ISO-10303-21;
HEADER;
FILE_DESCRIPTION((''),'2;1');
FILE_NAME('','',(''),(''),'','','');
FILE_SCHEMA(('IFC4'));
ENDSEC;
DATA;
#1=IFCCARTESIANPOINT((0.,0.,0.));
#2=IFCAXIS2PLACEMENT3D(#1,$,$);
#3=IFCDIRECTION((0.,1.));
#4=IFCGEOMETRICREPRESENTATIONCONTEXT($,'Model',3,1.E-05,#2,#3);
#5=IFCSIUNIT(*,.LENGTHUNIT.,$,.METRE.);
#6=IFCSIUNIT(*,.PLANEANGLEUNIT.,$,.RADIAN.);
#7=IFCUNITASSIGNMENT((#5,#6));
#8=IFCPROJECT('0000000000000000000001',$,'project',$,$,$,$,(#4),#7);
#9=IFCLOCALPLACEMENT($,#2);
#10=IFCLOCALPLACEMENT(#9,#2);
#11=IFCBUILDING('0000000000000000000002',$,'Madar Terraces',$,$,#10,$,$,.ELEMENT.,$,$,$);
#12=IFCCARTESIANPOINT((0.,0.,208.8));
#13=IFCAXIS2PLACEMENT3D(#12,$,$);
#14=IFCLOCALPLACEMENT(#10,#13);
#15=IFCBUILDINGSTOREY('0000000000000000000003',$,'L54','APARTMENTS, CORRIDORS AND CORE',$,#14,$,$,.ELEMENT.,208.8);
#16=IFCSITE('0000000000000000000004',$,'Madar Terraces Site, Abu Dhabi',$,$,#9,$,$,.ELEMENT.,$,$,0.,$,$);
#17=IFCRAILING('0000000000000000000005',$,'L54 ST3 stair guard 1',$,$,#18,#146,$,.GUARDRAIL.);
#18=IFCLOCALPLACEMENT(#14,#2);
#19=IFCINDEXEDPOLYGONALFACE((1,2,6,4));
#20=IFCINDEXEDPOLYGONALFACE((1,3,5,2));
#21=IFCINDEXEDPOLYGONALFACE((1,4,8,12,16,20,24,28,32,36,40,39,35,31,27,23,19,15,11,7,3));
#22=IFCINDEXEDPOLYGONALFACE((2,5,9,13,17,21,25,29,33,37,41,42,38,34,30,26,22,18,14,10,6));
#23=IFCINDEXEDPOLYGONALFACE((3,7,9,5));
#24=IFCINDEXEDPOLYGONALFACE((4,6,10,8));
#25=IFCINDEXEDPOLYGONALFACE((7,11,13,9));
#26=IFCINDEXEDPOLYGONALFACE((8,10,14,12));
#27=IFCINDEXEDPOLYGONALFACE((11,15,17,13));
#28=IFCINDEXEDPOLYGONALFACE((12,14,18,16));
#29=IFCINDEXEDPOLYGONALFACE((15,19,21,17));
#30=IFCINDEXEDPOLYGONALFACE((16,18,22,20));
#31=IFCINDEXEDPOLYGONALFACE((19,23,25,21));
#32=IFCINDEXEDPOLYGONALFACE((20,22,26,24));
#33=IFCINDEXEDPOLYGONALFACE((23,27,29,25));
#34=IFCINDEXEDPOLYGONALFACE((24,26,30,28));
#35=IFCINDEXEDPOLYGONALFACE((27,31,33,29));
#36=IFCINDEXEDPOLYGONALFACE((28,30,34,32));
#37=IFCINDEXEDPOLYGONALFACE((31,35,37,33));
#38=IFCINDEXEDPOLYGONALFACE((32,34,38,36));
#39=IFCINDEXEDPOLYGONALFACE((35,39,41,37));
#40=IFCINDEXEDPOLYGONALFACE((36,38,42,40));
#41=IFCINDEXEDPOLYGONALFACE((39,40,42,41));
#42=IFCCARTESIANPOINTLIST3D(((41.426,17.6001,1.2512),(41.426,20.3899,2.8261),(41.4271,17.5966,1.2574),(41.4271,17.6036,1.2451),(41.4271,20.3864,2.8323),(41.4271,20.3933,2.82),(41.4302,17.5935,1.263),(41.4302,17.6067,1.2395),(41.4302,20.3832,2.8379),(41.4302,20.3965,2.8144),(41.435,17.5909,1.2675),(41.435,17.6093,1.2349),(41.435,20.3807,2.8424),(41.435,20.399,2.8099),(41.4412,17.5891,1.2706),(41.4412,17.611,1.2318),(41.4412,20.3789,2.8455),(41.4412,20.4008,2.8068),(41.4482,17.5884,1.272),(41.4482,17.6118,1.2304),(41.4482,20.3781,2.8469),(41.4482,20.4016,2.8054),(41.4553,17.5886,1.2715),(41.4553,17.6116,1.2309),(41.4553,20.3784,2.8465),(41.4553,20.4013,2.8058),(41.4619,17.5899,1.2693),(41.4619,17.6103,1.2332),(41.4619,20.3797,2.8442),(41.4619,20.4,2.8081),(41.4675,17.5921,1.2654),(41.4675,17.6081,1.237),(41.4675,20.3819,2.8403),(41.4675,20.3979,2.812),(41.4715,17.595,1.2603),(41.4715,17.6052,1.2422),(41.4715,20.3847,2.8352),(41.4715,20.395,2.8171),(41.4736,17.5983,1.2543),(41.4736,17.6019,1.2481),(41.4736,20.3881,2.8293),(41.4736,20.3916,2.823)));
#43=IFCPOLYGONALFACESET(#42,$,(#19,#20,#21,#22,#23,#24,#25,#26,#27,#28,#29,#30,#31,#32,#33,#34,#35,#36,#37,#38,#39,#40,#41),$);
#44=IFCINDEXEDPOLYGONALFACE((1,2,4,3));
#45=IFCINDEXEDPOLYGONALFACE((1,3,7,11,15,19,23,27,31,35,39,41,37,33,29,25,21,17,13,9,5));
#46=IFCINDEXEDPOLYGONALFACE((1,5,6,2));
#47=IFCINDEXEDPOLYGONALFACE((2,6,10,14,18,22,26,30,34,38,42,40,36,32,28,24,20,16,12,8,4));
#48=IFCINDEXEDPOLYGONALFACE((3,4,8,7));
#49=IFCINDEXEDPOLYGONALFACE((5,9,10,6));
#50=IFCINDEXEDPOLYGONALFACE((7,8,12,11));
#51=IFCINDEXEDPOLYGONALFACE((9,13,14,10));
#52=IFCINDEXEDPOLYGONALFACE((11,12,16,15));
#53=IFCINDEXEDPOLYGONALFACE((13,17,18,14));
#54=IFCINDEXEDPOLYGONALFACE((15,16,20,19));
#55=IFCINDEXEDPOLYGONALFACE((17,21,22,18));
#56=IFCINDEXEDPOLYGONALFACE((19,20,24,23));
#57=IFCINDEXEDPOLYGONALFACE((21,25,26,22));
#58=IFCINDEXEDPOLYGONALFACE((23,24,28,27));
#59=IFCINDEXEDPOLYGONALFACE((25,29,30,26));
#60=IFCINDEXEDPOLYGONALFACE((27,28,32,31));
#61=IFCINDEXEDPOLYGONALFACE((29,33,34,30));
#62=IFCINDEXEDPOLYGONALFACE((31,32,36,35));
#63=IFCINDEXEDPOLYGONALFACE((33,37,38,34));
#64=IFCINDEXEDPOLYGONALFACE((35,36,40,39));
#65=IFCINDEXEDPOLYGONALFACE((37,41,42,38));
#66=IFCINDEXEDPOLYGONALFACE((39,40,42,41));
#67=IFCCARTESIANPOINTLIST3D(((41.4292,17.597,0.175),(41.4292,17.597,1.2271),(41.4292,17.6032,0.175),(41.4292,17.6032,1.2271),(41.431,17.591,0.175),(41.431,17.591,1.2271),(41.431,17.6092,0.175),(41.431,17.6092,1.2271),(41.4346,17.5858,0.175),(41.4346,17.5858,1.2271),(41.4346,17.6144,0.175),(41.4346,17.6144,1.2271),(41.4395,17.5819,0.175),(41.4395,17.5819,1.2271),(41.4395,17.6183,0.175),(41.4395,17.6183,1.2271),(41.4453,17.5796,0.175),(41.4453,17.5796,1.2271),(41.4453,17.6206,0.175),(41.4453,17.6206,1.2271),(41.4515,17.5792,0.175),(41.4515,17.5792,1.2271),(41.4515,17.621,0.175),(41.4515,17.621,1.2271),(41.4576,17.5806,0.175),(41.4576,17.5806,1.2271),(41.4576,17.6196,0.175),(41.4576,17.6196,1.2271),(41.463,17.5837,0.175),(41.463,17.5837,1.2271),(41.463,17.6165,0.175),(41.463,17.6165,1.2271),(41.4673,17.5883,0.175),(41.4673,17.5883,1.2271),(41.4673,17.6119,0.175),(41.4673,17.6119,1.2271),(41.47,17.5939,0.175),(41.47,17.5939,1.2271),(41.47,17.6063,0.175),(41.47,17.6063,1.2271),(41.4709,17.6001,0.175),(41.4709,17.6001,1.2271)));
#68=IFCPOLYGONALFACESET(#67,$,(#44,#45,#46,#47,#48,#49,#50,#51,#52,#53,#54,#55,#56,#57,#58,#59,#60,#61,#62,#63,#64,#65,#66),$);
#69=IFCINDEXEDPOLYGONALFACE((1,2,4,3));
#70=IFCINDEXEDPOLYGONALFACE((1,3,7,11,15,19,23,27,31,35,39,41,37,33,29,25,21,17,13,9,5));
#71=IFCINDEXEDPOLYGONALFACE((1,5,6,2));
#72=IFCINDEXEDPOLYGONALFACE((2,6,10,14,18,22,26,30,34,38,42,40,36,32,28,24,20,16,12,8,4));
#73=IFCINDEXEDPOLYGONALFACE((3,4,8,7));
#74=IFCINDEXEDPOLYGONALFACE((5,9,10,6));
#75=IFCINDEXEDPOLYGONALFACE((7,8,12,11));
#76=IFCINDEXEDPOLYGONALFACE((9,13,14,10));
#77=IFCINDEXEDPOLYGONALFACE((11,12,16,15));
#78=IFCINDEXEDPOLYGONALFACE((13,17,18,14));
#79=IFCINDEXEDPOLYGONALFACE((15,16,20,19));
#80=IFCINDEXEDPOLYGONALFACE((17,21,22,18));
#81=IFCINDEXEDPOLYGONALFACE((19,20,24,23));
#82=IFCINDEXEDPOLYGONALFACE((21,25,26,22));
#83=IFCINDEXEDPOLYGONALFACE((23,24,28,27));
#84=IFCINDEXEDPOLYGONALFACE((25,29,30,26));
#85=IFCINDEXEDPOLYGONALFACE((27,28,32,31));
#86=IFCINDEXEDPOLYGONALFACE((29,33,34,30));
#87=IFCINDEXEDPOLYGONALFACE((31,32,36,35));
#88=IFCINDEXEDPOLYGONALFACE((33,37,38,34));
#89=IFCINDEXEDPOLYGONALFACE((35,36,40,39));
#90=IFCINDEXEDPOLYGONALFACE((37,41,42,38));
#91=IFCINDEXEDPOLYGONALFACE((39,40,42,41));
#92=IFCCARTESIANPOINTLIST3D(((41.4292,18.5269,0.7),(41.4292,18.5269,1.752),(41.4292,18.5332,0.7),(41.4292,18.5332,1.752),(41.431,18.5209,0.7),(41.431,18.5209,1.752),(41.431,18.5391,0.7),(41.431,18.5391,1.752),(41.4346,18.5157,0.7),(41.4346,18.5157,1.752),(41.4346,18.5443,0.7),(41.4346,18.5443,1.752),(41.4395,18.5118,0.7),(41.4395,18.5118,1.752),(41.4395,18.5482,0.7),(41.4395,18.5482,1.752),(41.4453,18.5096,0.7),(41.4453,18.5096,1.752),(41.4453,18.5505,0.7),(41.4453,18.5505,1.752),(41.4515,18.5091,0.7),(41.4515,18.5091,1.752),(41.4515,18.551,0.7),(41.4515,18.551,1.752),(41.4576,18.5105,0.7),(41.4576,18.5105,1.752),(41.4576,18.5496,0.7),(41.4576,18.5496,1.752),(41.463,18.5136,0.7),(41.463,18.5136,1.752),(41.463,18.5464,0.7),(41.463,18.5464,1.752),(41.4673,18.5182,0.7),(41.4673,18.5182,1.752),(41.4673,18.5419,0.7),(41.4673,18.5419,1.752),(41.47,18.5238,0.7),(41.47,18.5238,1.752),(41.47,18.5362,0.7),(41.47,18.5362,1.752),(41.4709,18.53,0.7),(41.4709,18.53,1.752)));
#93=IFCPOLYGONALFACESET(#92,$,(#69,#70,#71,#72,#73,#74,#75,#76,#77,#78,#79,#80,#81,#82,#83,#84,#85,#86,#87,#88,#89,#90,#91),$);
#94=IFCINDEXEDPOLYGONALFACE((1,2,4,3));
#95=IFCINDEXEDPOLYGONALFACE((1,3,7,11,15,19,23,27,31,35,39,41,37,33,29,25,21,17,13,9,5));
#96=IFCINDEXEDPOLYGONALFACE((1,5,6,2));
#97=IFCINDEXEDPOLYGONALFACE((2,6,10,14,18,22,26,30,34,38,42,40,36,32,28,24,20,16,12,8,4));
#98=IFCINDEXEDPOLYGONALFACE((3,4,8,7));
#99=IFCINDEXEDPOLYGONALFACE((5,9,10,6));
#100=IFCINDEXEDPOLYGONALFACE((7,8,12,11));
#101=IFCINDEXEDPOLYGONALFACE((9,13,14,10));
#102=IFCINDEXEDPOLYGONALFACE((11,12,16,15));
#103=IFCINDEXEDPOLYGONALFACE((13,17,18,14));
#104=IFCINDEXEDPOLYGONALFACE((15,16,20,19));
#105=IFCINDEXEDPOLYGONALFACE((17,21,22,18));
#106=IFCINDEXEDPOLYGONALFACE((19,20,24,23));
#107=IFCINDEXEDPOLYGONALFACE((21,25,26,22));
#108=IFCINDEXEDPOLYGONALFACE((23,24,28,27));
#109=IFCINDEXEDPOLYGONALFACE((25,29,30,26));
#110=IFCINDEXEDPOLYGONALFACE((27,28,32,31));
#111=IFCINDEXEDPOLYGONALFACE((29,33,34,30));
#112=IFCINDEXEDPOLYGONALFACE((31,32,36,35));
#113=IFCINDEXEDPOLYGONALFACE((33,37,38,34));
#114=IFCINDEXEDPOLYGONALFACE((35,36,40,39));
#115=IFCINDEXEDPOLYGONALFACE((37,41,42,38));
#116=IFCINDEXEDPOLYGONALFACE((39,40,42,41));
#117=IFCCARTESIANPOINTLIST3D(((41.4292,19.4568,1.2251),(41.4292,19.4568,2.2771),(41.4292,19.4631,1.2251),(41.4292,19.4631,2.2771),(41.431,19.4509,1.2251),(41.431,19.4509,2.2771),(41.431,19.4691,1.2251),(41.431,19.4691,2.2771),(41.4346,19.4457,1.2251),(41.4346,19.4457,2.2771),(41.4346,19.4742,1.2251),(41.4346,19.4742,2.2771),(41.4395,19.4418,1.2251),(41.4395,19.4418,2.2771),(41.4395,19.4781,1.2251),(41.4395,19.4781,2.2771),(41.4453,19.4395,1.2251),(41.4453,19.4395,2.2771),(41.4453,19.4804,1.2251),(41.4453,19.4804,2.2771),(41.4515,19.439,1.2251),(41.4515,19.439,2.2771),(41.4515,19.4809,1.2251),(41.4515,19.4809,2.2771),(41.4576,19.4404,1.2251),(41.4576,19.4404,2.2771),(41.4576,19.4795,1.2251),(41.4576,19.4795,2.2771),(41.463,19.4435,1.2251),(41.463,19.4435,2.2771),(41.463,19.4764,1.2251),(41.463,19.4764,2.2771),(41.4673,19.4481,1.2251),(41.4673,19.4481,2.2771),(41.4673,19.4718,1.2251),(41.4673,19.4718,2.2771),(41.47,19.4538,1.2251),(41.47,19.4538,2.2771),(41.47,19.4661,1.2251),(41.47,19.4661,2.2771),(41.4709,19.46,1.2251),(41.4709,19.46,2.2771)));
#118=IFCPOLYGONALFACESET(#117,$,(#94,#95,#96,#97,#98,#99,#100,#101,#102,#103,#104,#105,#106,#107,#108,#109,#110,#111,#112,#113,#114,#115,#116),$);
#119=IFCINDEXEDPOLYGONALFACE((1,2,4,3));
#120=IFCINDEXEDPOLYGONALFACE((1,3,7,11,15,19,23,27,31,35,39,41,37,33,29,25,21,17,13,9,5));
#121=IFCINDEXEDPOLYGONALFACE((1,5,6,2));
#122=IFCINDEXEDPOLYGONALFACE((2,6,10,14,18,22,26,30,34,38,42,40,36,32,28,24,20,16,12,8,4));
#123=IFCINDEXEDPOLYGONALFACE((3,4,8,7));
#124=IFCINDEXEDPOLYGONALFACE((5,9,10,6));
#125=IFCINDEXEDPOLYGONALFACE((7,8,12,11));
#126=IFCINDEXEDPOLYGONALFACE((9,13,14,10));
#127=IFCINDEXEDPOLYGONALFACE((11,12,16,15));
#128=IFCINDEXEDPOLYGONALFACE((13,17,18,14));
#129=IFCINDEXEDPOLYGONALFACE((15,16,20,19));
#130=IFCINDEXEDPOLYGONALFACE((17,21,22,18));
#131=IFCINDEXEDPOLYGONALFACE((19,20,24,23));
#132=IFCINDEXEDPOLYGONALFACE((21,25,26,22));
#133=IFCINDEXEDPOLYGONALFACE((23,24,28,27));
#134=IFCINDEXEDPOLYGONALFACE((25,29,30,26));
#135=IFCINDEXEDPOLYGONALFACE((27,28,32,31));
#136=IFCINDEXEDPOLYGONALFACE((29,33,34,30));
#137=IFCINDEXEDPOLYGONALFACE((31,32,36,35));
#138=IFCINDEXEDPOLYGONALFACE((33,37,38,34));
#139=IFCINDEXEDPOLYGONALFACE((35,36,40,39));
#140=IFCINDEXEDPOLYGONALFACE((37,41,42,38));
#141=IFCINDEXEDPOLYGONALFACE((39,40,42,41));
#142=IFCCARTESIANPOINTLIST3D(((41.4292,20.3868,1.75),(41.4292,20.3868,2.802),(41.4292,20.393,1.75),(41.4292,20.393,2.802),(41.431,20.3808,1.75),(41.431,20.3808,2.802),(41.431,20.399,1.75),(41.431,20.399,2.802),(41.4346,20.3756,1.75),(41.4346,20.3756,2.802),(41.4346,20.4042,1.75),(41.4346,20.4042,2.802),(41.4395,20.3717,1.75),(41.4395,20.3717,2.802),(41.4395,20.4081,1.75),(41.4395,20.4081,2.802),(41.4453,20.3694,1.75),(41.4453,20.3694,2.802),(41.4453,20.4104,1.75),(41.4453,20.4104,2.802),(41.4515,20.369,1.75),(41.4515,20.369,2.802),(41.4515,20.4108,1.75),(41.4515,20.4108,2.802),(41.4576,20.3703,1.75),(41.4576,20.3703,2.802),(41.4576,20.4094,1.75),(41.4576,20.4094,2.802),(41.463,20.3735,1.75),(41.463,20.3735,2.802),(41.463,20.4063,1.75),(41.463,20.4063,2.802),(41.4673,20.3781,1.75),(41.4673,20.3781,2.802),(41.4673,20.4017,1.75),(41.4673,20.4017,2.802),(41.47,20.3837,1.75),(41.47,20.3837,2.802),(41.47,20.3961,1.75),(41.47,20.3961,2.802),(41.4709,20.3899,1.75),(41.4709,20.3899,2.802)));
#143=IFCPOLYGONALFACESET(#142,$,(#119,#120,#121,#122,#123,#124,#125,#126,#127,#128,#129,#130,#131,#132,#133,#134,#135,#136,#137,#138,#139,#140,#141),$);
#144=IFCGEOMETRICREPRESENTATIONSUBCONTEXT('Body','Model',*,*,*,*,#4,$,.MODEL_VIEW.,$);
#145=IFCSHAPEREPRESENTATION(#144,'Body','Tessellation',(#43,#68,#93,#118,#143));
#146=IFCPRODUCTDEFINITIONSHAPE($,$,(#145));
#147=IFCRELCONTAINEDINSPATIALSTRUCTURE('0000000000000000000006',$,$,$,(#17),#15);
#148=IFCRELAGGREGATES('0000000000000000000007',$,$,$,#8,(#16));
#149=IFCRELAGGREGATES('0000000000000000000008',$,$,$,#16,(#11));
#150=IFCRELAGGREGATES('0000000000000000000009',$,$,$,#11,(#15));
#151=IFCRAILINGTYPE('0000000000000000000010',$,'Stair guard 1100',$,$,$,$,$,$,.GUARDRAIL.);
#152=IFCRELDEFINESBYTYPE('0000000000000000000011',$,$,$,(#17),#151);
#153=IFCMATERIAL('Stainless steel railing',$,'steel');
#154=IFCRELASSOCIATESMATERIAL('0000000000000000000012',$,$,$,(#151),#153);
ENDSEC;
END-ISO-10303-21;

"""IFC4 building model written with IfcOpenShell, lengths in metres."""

from ifc_helpers import new_model, si_unit, direction, frame, origin, origin_2d, place, context, subcontext, project, spatial, circle, extrude, material, type_object, element, save


model = new_model("IFC4")

# Units and contexts
model_context = context("Model", 3, precision=1e-05, world=origin(), true_north=direction((0.0, 1.0)))
body_context = subcontext(model_context, "Body", "Model", "MODEL_VIEW")
ifc_project = project(units=[si_unit("LENGTHUNIT", "METRE"), si_unit("PLANEANGLEUNIT", "RADIAN")], contexts=[model_context])

# Site, building, storey
site_placement = place(None, origin())
site = spatial("IfcSite", under=ifc_project, at=site_placement, Name="Madar Terraces Site, Abu Dhabi", CompositionType="ELEMENT", RefElevation=0.0)
building_placement = place(site_placement, origin())
building = spatial("IfcBuilding", under=site, at=building_placement, Name="Madar Terraces", CompositionType="ELEMENT")
storey_placement = place(building_placement, frame((0.0, 0.0, 208.8)))
storey = spatial("IfcBuildingStorey", under=building, at=storey_placement, Name="L54", Description="APARTMENTS, CORRIDORS AND CORE", CompositionType="ELEMENT", Elevation=208.8)

# Railing
ifc_material_1 = material(Name="Stainless steel railing", Category="steel")
railing_type_1 = type_object("IfcRailingType", Name="Stair guard 1100", PredefinedType="GUARDRAIL", material=ifc_material_1)
railing_1_placement = place(storey_placement, frame((41.45, 17.6001, 0.175)))
element("IfcRailing", 1, at=railing_1_placement, inside=storey, type_object=railing_type_1, Name="L54 ST3 stair guard 1", PredefinedType="GUARDRAIL", context=body_context, shape_type="SweptSolid", body=[
    extrude(circle(Radius=0.0239, at=origin_2d()), frame((0.0, 0.0, 1.0762), z_axis=(0.0, 0.870815, 0.49161), x_axis=(-1.0, 0.0, 0.0)), (0.0, 0.0, 1.0), 3.2036),
    extrude(circle(Radius=0.021, at=origin_2d()), origin(), (0.0, 0.0, 1.0), 1.052),
    extrude(circle(Radius=0.021, at=origin_2d()), frame((0.0, 0.9299, 0.5249)), (0.0, 0.0, 1.0), 1.052),
    extrude(circle(Radius=0.021, at=origin_2d()), frame((0.0, 1.8599, 1.05)), (0.0, 0.0, 1.0), 1.052),
    extrude(circle(Radius=0.021, at=origin_2d()), frame((0.0, 2.7898, 1.575)), (0.0, 0.0, 1.0), 1.052),
])

save(model, "model.ifc")
